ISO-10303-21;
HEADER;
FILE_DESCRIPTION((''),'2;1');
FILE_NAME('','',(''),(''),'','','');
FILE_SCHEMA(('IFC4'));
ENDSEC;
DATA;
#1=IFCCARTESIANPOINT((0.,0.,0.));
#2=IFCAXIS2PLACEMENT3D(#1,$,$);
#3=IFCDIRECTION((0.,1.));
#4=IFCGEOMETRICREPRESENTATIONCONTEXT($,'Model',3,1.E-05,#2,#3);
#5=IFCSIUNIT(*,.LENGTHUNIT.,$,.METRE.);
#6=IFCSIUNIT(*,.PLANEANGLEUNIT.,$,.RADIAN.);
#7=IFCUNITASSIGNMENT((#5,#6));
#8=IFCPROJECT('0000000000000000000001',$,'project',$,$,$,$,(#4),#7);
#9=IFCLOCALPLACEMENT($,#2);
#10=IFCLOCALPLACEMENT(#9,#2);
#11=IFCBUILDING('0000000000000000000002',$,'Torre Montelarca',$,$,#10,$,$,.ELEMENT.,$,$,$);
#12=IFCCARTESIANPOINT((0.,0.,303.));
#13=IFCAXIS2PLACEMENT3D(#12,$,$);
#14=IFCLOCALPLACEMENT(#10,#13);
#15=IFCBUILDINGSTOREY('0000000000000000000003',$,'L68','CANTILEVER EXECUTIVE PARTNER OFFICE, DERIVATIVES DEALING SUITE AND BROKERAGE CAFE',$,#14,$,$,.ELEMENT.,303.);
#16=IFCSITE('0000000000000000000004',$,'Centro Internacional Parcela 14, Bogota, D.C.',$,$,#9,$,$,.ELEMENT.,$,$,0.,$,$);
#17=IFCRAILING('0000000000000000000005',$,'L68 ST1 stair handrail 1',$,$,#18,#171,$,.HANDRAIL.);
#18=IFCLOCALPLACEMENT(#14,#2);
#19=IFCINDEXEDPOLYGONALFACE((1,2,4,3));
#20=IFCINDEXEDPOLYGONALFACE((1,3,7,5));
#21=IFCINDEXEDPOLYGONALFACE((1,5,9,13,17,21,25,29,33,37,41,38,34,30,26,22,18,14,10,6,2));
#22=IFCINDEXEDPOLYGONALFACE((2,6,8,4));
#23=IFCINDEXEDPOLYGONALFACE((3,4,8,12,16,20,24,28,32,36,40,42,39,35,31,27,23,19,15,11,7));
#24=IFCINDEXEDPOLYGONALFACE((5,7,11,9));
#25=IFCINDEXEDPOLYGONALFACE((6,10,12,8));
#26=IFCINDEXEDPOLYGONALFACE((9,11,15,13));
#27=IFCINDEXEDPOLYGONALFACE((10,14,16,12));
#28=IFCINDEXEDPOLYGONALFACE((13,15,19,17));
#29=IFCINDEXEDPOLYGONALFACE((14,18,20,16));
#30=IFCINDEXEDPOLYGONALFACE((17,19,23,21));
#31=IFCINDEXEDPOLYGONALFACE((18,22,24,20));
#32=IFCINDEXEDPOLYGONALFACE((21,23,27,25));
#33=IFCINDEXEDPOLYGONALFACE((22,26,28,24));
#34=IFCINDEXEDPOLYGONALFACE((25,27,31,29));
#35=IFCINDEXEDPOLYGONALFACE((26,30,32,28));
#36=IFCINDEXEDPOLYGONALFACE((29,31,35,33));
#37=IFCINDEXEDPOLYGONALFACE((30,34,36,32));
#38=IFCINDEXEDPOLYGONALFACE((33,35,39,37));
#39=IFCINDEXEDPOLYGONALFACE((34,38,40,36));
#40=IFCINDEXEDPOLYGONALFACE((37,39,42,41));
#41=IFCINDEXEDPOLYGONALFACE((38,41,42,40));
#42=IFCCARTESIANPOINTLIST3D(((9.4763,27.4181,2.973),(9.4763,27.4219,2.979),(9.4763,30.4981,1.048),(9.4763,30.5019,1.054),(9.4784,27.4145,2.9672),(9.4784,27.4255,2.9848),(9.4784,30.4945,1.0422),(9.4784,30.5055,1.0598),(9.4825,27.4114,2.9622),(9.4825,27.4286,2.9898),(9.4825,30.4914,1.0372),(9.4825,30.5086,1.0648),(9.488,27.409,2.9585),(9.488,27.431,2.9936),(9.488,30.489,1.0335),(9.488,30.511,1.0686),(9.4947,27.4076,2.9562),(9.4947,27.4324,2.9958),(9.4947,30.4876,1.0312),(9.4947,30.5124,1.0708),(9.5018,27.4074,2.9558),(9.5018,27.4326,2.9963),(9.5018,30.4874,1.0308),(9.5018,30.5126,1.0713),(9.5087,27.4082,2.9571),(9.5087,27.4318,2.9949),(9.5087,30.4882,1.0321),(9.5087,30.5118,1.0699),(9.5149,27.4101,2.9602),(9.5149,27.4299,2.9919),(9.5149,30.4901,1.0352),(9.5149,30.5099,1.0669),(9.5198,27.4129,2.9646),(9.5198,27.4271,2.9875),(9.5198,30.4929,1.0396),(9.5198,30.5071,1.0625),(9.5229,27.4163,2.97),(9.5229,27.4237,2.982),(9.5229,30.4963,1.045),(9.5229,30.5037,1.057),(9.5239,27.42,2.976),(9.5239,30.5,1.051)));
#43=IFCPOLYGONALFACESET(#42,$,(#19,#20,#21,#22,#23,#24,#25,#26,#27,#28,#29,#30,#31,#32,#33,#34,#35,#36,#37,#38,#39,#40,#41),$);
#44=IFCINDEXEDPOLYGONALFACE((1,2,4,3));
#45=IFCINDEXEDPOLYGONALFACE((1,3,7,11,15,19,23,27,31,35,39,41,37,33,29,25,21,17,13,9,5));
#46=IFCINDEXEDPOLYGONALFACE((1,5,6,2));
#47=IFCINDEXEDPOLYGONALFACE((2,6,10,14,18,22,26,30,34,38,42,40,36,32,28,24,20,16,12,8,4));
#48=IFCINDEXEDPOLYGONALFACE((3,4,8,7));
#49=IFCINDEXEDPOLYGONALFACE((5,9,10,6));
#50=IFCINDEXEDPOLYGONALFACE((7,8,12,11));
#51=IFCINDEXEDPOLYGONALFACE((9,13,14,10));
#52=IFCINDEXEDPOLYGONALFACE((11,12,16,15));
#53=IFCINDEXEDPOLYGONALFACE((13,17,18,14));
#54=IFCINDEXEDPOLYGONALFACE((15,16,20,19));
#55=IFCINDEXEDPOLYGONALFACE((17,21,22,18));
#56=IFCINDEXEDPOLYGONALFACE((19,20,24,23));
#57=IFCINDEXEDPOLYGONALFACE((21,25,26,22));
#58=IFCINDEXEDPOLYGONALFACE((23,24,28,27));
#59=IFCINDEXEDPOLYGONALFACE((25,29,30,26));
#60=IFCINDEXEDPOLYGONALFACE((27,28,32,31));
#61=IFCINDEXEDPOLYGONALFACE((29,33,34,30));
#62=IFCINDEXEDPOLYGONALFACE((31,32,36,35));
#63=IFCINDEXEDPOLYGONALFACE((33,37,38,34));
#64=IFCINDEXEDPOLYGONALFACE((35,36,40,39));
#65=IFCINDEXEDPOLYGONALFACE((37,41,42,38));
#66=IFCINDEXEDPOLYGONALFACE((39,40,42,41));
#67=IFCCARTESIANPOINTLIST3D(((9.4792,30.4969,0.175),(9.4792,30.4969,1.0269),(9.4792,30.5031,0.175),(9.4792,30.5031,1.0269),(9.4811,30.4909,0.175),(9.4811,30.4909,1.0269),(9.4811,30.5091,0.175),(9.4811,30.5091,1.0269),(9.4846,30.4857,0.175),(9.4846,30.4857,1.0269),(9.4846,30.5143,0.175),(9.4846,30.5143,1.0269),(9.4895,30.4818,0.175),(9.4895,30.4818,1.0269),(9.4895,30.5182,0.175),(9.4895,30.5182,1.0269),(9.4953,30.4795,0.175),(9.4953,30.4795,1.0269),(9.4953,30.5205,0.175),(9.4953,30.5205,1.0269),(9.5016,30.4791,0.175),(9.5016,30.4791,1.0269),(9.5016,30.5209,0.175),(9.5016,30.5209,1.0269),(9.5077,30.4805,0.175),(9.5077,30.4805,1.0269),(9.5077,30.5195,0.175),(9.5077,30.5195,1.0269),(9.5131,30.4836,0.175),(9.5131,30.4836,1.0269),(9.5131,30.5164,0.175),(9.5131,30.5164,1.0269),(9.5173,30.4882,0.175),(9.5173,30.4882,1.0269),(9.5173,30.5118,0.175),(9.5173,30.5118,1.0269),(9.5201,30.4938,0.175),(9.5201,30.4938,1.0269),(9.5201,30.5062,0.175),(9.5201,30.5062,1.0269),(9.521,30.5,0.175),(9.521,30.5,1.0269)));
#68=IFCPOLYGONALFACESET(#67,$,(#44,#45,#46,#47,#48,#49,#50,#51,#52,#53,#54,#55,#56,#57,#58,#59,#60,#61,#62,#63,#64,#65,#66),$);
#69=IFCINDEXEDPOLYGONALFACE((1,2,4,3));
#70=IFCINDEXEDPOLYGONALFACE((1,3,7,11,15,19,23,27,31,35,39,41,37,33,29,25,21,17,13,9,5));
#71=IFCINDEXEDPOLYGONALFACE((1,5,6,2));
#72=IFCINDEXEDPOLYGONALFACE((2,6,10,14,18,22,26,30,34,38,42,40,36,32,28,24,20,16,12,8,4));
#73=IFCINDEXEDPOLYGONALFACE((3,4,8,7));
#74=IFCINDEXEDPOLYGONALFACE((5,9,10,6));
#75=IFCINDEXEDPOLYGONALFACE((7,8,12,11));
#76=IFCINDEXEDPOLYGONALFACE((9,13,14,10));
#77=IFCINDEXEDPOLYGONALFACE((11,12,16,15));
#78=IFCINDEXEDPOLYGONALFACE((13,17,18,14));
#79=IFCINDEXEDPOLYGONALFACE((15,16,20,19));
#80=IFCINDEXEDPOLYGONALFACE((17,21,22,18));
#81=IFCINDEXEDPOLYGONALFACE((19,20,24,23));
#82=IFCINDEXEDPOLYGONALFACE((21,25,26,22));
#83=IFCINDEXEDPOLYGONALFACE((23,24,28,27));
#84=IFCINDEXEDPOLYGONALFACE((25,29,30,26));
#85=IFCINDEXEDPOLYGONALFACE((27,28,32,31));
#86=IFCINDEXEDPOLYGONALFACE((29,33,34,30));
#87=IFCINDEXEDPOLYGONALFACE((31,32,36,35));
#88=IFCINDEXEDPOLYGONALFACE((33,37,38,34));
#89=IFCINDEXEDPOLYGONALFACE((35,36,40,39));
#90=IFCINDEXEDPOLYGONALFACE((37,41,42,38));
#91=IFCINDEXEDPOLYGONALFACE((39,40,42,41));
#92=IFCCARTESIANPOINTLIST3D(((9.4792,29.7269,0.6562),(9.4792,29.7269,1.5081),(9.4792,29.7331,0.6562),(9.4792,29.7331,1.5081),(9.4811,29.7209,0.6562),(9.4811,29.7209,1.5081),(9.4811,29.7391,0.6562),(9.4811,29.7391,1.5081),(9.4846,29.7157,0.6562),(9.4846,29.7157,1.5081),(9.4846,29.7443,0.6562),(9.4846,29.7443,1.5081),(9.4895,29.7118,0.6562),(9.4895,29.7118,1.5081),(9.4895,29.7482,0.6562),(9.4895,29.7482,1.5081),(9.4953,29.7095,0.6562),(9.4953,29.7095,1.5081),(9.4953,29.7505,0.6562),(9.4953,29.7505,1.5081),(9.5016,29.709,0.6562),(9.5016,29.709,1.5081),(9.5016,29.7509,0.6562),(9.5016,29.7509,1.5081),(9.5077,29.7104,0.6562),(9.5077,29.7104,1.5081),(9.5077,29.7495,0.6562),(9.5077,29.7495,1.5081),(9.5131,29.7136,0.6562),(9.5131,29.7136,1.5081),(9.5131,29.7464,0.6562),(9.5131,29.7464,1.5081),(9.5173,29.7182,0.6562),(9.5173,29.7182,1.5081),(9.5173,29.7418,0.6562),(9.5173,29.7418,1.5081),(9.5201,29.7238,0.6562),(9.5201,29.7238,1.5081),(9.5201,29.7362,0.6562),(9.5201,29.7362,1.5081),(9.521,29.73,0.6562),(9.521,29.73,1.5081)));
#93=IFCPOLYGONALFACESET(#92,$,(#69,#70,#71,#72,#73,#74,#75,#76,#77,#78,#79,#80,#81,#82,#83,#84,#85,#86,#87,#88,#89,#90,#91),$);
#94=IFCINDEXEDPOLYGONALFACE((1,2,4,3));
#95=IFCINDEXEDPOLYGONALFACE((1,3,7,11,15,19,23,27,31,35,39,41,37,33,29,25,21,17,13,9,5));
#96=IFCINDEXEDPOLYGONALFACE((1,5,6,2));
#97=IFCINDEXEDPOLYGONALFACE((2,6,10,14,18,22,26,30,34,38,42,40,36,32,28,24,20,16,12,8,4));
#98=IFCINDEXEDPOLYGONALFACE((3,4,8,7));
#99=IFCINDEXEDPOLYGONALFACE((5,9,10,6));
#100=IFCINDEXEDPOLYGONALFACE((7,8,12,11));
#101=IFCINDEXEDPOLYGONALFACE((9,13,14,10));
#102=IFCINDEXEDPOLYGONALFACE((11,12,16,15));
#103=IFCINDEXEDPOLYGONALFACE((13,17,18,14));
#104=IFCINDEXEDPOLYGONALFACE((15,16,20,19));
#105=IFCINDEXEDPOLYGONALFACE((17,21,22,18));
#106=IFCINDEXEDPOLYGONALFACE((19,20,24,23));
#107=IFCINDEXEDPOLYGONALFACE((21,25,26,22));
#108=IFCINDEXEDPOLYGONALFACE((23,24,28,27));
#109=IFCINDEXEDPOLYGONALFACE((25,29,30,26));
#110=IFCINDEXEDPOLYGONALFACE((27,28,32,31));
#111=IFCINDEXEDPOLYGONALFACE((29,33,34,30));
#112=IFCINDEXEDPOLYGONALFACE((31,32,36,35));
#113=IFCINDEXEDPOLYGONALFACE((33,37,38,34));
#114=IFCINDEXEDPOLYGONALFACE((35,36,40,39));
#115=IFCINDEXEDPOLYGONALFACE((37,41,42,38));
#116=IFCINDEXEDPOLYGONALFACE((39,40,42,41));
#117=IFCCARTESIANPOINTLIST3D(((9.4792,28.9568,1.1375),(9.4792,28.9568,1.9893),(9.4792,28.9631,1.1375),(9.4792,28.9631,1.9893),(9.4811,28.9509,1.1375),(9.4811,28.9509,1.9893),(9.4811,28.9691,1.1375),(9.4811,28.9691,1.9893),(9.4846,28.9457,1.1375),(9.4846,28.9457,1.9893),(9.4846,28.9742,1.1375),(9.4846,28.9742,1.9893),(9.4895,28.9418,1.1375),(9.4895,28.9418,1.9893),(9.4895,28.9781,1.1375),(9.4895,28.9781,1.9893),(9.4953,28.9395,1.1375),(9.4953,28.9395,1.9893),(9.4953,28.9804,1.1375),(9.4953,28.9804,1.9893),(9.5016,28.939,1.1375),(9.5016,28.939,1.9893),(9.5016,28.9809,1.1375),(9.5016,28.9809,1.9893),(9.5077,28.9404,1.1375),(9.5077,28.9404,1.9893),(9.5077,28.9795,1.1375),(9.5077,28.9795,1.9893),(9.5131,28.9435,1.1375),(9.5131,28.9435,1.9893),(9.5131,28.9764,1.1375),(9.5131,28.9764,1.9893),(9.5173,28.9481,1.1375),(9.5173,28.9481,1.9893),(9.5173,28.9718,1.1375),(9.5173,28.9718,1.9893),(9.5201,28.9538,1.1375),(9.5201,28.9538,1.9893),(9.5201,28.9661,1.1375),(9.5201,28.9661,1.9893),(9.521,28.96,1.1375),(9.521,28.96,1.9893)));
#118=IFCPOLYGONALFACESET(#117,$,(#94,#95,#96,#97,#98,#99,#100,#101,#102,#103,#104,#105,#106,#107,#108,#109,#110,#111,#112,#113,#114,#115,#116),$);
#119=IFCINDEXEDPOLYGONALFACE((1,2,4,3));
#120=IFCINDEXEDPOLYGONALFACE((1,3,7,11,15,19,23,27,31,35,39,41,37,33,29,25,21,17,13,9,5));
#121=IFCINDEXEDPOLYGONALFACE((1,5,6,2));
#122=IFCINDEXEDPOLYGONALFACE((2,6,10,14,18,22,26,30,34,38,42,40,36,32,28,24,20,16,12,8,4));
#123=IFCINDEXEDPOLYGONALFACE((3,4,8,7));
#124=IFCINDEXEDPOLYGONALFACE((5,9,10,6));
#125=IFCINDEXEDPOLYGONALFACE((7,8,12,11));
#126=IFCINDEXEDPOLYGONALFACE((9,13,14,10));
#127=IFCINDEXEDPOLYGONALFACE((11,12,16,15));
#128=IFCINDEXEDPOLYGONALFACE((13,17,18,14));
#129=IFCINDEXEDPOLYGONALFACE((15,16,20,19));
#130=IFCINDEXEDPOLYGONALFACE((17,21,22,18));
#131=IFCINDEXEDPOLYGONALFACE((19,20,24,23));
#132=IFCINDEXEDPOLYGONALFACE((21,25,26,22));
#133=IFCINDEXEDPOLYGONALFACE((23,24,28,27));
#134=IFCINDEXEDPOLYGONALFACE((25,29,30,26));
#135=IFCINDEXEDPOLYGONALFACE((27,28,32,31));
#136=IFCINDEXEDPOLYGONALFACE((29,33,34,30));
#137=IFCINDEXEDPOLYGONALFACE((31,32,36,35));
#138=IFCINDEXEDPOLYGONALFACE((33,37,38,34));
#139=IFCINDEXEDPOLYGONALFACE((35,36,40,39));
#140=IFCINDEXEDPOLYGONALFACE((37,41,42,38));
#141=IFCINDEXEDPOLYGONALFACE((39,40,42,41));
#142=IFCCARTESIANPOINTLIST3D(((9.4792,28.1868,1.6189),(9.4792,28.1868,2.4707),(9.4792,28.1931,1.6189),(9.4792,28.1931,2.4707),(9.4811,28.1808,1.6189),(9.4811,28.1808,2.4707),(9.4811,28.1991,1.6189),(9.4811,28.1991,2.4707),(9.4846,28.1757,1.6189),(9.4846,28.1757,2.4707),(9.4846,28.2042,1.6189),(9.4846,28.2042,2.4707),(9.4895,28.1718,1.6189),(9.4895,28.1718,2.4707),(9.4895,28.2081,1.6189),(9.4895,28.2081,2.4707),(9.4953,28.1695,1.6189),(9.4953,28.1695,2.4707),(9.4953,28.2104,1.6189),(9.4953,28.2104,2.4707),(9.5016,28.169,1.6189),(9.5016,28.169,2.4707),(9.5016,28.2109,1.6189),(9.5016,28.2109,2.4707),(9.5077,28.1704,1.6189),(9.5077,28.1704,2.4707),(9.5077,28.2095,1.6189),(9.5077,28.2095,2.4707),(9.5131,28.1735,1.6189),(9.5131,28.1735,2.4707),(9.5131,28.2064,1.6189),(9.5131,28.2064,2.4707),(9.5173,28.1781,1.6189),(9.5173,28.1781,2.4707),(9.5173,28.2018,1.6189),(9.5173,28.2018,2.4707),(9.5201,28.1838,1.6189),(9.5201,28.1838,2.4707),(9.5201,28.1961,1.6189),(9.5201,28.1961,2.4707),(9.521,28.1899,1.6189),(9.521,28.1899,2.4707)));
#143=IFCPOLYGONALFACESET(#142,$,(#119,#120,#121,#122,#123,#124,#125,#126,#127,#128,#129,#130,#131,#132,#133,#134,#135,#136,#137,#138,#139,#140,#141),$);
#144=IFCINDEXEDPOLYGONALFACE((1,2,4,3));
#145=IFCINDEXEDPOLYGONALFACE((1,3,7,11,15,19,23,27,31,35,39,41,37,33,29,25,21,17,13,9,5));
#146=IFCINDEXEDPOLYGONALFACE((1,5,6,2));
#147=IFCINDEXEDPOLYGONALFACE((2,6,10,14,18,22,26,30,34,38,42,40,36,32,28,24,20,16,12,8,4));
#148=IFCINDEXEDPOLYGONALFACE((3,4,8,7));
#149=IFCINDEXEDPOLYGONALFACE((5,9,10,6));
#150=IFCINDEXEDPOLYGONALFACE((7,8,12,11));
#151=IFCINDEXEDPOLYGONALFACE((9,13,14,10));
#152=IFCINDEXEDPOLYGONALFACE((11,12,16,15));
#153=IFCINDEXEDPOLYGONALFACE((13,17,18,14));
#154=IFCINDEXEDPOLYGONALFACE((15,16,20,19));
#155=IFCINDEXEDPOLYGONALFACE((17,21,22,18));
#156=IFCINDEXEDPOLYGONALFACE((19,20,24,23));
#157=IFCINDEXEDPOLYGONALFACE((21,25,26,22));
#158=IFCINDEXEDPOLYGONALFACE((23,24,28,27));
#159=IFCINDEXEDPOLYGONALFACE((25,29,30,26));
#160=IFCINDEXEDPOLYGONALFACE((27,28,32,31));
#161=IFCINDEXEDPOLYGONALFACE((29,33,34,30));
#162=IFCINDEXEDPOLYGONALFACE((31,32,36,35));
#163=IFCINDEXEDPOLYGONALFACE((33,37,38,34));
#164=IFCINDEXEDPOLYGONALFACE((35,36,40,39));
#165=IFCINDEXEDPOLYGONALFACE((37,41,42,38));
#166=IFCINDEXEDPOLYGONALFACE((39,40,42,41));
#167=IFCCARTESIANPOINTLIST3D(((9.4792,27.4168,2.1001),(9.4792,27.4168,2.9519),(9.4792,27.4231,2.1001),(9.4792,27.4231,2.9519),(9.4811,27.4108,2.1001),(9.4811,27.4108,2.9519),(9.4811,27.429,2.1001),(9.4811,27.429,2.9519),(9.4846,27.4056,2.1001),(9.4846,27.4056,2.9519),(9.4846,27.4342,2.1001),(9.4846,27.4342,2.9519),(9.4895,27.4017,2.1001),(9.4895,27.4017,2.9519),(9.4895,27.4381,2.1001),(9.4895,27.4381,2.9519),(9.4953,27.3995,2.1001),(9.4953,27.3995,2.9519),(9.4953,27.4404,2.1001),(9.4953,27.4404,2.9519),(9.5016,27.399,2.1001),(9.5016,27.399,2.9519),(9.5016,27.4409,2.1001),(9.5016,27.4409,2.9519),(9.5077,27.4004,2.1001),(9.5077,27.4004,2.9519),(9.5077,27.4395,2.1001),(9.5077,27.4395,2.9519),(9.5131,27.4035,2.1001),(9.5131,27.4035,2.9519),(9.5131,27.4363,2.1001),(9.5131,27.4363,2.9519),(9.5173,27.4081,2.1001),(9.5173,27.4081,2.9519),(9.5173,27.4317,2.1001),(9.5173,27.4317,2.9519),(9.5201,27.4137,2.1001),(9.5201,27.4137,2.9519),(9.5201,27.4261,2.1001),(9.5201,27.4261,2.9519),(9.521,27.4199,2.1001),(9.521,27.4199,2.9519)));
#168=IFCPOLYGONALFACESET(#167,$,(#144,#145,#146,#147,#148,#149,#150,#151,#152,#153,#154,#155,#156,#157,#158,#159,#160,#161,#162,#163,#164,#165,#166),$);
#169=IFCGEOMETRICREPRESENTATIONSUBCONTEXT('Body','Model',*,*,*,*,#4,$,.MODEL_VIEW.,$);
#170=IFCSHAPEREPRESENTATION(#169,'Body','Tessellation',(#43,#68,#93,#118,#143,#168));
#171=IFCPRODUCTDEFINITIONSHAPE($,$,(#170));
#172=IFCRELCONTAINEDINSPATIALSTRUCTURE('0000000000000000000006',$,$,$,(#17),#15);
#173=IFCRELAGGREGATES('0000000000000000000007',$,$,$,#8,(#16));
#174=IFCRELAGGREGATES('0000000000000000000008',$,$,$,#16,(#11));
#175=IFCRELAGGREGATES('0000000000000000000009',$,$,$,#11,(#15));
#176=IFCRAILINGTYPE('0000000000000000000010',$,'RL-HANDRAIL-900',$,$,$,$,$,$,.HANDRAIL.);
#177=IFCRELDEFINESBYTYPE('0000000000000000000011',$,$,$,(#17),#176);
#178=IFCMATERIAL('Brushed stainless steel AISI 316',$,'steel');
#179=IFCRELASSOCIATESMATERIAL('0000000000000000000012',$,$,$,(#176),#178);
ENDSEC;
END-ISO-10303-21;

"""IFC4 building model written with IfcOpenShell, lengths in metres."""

from ifc_helpers import new_model, si_unit, direction, frame, origin, origin_2d, place, context, subcontext, project, spatial, circle, extrude, material, type_object, element, save


model = new_model("IFC4")

# Units and contexts
model_context = context("Model", 3, precision=1e-05, world=origin(), true_north=direction((0.0, 1.0)))
body_context = subcontext(model_context, "Body", "Model", "MODEL_VIEW")
ifc_project = project(units=[si_unit("LENGTHUNIT", "METRE"), si_unit("PLANEANGLEUNIT", "RADIAN")], contexts=[model_context])

# Site, building, storey
site_placement = place(None, origin())
site = spatial("IfcSite", under=ifc_project, at=site_placement, Name="Centro Internacional Parcela 14, Bogota, D.C.", CompositionType="ELEMENT", RefElevation=0.0)
building_placement = place(site_placement, origin())
building = spatial("IfcBuilding", under=site, at=building_placement, Name="Torre Montelarca", CompositionType="ELEMENT")
storey_placement = place(building_placement, frame((0.0, 0.0, 303.0)))
storey = spatial("IfcBuildingStorey", under=building, at=storey_placement, Name="L68", Description="CANTILEVER EXECUTIVE PARTNER OFFICE, DERIVATIVES DEALING SUITE AND BROKERAGE CAFE", CompositionType="ELEMENT", Elevation=303.0)

# Shared definitions
ifc_material_1 = material(Name="Brushed stainless steel AISI 316", Category="steel")

# Railing
railing_type_1 = type_object("IfcRailingType", Name="RL-HANDRAIL-900", PredefinedType="HANDRAIL", material=ifc_material_1)
railing_1_placement = place(storey_placement, frame((9.5, 30.5, 0.175)))
element("IfcRailing", 1, at=railing_1_placement, inside=storey, type_object=railing_type_1, Name="L68 ST1 stair handrail 1", PredefinedType="HANDRAIL", context=body_context, shape_type="SweptSolid", body=[
    extrude(circle(Radius=0.0239, at=origin_2d()), frame((0.0, 0.0, 0.876), z_axis=(0.0, -0.847998, 0.529999), x_axis=(1.0, 0.0, 0.0)), (0.0, 0.0, 1.0), 3.6321),
    extrude(circle(Radius=0.021, at=origin_2d()), origin(), (0.0, 0.0, 1.0), 0.8518),
    extrude(circle(Radius=0.021, at=origin_2d()), frame((0.0, -0.77, 0.4812)), (0.0, 0.0, 1.0), 0.8518),
    extrude(circle(Radius=0.021, at=origin_2d()), frame((0.0, -1.54, 0.9624)), (0.0, 0.0, 1.0), 0.8518),
    extrude(circle(Radius=0.021, at=origin_2d()), frame((0.0, -2.3101, 1.4438)), (0.0, 0.0, 1.0), 0.8518),
    extrude(circle(Radius=0.021, at=origin_2d()), frame((0.0, -3.0801, 1.925)), (0.0, 0.0, 1.0), 0.8518),
])

save(model, "model.ifc")
